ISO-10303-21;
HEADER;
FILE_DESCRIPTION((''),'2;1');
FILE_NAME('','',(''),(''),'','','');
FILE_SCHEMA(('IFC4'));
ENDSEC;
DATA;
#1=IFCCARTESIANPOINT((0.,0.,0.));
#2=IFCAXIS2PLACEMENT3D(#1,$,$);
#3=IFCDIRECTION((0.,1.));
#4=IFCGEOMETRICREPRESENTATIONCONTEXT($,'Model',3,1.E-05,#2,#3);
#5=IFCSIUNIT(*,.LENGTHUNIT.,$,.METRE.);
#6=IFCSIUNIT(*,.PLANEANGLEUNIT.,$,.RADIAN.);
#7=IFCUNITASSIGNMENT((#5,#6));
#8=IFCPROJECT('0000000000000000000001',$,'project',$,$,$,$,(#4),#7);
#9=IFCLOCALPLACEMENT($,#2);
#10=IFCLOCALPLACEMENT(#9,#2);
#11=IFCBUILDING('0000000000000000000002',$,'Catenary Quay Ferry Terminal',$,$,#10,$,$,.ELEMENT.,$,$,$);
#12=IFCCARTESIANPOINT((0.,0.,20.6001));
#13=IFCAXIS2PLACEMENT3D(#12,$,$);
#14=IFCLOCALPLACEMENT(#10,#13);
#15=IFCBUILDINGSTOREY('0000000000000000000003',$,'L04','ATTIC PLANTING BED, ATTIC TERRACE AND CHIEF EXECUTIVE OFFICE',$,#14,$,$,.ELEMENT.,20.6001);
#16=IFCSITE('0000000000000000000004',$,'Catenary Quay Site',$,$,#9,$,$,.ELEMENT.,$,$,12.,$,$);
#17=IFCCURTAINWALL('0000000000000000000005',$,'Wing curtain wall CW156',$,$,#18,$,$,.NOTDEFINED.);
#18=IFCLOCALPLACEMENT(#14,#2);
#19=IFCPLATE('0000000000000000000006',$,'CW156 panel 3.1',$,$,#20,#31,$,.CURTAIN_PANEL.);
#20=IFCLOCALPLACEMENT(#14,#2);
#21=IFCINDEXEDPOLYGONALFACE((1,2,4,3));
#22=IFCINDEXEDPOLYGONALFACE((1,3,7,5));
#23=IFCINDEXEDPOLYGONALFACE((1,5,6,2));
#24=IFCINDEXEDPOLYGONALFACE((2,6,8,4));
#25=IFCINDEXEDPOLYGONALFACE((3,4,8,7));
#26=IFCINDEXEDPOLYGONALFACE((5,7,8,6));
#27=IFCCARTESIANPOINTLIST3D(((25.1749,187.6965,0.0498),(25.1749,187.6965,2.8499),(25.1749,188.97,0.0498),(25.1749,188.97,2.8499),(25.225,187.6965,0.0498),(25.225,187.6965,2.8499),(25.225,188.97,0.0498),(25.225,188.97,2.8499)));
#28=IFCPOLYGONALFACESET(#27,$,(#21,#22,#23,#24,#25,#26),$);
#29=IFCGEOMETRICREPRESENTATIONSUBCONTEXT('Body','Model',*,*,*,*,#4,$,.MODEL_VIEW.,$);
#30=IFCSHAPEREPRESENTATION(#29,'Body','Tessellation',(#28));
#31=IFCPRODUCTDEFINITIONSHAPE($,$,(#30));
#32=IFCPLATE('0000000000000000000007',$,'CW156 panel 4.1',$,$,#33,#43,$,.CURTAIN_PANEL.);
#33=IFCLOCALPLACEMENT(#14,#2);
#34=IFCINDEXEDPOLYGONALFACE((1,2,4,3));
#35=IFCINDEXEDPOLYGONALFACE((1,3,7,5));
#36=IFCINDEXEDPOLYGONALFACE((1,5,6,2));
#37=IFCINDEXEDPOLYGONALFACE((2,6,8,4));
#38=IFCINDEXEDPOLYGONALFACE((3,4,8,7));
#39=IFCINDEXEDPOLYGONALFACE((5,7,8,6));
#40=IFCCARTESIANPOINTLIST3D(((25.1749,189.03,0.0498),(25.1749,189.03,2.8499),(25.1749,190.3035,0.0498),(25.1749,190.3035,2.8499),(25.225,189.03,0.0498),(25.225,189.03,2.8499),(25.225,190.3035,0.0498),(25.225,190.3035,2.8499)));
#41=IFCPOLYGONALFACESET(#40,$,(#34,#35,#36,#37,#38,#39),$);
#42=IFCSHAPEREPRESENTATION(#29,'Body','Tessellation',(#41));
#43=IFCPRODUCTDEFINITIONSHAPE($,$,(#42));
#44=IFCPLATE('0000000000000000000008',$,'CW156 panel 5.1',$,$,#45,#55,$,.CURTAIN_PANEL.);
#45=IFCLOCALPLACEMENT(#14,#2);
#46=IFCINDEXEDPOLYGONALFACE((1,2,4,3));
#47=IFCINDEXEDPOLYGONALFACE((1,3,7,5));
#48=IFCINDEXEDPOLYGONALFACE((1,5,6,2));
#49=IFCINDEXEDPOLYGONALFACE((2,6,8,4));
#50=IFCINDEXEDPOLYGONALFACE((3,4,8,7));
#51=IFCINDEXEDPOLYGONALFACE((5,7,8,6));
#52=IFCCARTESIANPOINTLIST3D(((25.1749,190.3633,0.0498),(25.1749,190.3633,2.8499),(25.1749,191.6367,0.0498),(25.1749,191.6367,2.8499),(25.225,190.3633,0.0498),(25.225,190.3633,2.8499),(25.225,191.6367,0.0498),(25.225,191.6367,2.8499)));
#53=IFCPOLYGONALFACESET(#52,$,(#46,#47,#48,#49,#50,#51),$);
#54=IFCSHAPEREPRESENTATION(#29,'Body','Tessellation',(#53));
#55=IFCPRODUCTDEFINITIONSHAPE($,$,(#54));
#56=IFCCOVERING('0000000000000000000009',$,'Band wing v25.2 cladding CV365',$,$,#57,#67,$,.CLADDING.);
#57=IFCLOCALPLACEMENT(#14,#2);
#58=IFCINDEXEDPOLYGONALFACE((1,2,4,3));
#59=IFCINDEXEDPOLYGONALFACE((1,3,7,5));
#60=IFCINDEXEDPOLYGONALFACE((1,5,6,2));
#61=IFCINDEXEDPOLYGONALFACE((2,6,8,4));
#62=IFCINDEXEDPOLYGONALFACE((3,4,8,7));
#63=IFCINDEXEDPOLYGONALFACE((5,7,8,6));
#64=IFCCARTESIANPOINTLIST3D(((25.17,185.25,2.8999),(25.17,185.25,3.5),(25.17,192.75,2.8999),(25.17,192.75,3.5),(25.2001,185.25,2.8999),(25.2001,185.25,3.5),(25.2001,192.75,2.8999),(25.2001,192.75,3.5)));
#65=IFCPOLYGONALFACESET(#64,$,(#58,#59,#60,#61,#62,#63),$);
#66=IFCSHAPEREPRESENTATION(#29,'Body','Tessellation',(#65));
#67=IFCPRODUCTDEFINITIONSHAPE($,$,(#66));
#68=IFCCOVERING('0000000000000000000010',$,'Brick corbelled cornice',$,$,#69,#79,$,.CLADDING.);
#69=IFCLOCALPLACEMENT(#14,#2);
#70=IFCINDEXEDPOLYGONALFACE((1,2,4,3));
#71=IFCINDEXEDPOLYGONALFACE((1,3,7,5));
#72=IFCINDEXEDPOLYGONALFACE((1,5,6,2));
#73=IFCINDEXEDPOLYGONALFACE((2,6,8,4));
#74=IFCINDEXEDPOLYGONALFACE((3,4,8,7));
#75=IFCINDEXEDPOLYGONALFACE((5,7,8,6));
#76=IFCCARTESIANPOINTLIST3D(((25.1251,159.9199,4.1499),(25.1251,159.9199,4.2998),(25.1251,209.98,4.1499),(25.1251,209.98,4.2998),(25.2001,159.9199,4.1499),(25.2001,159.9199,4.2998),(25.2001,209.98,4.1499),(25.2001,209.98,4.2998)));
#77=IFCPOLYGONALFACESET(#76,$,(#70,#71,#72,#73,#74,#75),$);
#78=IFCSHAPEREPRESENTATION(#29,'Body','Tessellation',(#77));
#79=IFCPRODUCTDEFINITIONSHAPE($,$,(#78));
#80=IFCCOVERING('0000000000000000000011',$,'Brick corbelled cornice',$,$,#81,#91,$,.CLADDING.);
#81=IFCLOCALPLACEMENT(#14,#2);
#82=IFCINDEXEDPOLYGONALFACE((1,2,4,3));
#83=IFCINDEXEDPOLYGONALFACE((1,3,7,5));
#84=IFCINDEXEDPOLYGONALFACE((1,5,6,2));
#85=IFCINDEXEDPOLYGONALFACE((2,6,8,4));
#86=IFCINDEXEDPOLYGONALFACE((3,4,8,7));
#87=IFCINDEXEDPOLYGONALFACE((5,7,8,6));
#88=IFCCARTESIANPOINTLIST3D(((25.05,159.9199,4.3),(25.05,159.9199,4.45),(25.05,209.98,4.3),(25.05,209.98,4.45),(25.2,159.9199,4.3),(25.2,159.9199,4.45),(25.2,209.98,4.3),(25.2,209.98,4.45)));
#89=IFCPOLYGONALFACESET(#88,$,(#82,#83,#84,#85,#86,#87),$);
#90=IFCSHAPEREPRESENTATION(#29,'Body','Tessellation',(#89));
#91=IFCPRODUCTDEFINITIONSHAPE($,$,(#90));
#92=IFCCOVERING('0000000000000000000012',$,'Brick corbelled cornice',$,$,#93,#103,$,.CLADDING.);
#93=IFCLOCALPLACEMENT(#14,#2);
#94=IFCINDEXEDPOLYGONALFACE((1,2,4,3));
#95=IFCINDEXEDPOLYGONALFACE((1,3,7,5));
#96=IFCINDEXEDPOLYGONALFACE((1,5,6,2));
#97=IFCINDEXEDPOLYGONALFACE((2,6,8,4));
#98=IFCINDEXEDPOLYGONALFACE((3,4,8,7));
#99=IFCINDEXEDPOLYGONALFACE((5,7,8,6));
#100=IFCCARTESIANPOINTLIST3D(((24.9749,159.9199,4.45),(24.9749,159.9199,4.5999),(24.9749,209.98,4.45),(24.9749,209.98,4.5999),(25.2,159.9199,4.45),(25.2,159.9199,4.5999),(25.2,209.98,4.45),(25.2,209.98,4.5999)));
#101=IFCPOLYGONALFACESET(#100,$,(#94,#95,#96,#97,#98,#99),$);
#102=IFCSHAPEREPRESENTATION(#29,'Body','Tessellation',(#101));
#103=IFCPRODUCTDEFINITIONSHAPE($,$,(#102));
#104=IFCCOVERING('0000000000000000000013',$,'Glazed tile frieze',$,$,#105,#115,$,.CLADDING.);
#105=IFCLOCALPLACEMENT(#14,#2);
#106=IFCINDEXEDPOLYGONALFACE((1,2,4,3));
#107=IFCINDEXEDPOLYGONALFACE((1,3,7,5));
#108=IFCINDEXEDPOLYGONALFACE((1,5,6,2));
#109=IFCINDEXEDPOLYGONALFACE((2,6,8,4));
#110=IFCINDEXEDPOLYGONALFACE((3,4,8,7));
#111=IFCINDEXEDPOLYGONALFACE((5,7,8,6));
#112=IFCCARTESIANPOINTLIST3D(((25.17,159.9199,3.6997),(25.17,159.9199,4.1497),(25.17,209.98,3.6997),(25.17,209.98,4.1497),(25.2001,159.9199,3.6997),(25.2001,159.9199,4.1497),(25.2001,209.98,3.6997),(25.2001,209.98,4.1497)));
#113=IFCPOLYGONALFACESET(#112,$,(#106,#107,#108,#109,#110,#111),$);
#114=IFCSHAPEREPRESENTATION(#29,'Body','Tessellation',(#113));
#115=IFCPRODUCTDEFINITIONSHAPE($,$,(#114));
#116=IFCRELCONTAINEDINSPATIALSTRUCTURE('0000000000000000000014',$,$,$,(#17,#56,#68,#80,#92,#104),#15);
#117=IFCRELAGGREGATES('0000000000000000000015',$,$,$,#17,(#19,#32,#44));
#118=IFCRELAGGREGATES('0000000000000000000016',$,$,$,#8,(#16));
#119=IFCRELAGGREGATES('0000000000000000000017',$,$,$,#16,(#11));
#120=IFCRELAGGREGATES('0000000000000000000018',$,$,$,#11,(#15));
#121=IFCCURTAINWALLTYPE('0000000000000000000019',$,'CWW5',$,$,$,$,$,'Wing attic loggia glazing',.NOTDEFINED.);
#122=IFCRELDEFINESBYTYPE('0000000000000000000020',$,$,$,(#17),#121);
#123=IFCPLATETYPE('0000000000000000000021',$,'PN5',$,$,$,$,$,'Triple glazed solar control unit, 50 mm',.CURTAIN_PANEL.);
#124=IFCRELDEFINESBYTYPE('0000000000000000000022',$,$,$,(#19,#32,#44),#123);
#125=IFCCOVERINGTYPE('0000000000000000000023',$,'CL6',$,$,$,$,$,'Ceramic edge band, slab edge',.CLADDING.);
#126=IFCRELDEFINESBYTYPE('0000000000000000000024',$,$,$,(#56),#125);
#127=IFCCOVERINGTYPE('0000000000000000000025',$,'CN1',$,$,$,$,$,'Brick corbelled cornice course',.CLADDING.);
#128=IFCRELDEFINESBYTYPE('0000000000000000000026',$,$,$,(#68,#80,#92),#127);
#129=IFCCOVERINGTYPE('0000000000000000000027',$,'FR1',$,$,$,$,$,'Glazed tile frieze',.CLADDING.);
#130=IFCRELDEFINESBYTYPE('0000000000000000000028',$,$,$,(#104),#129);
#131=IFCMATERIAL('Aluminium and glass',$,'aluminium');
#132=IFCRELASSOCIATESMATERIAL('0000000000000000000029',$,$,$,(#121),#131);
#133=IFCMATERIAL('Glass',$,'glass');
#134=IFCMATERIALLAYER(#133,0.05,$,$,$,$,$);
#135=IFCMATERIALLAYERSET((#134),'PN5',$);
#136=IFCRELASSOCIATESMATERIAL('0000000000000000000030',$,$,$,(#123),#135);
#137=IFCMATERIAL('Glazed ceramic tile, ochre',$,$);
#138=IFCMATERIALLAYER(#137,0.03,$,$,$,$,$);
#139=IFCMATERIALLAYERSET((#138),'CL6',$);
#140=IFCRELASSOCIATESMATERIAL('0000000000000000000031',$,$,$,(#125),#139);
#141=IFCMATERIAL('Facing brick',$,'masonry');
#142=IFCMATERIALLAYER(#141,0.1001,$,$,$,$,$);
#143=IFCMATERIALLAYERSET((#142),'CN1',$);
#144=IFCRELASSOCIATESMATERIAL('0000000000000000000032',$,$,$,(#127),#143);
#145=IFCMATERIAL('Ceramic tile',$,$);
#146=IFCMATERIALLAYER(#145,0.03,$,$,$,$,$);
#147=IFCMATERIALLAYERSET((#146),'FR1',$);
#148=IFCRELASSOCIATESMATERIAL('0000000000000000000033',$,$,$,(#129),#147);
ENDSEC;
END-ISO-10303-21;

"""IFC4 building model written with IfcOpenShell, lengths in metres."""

from ifc_helpers import new_model, si_unit, direction, frame, origin, origin_2d, place, context, subcontext, project, spatial, rectangle, extrude, material, layer, layer_set, type_object, element, aggregate, save


model = new_model("IFC4")

# Units and contexts
model_context = context("Model", 3, precision=1e-05, world=origin(), true_north=direction((0.0, 1.0)))
body_context = subcontext(model_context, "Body", "Model", "MODEL_VIEW")
ifc_project = project(units=[si_unit("LENGTHUNIT", "METRE"), si_unit("PLANEANGLEUNIT", "RADIAN")], contexts=[model_context])

# Site, building, storey
site_placement = place(None, origin())
site = spatial("IfcSite", under=ifc_project, at=site_placement, Name="Catenary Quay Site", CompositionType="ELEMENT", RefElevation=12.0)
building_placement = place(site_placement, origin())
building = spatial("IfcBuilding", under=site, at=building_placement, Name="Catenary Quay Ferry Terminal", CompositionType="ELEMENT")
storey_placement = place(building_placement, frame((0.0, 0.0, 20.6001)))
storey = spatial("IfcBuildingStorey", under=building, at=storey_placement, Name="L04", Description="ATTIC PLANTING BED, ATTIC TERRACE AND CHIEF EXECUTIVE OFFICE", CompositionType="ELEMENT", Elevation=20.6001)

# Curtain wall
ifc_material_1 = material(Name="Aluminium and glass", Category="aluminium")
curtain_wall_type = type_object("IfcCurtainWallType", Name="CWW5", ElementType="Wing attic loggia glazing", PredefinedType="NOTDEFINED", material=ifc_material_1)
curtain_wall_placement = place(storey_placement, origin())
curtain_wall = element("IfcCurtainWall", 1, at=curtain_wall_placement, inside=storey, type_object=curtain_wall_type, Name="Wing curtain wall CW156", PredefinedType="NOTDEFINED")

# Plates
ifc_material_2 = material(Name="Glass", Category="glass")
ifc_layer_1 = layer(ifc_material_2, 0.05)
ifc_layer_set_1 = layer_set([ifc_layer_1], Name="PN5")
plate_type_1 = type_object("IfcPlateType", Name="PN5", ElementType="Triple glazed solar control unit, 50 mm", PredefinedType="CURTAIN_PANEL", material=ifc_layer_set_1)
plate_1_placement = place(storey_placement, frame((25.2, 188.3333, 0.0498), z_axis=(0.0, 0.0, 1.0), x_axis=(0.0, 1.0, 0.0)))
plate_1 = element("IfcPlate", 2, at=plate_1_placement, type_object=plate_type_1, Name="CW156 panel 3.1", PredefinedType="CURTAIN_PANEL", context=body_context, shape_type="SweptSolid", body=[
    extrude(rectangle(XDim=1.2734, YDim=0.05, at=origin_2d()), origin(), (0.0, 0.0, 1.0), 2.8),
])
plate_2_placement = place(storey_placement, frame((25.2, 189.6667, 0.0498), z_axis=(0.0, 0.0, 1.0), x_axis=(0.0, 1.0, 0.0)))
plate_2 = element("IfcPlate", 3, at=plate_2_placement, type_object=plate_type_1, Name="CW156 panel 4.1", PredefinedType="CURTAIN_PANEL", context=body_context, shape_type="SweptSolid", body=[
    extrude(rectangle(XDim=1.2734, YDim=0.05, at=origin_2d()), origin(), (0.0, 0.0, 1.0), 2.8),
])
plate_3_placement = place(storey_placement, frame((25.2, 191.0, 0.0498), z_axis=(0.0, 0.0, 1.0), x_axis=(0.0, 1.0, 0.0)))
plate_3 = element("IfcPlate", 4, at=plate_3_placement, type_object=plate_type_1, Name="CW156 panel 5.1", PredefinedType="CURTAIN_PANEL", context=body_context, shape_type="SweptSolid", body=[
    extrude(rectangle(XDim=1.2734, YDim=0.05, at=origin_2d()), origin(), (0.0, 0.0, 1.0), 2.8),
])
aggregate(curtain_wall, [plate_1, plate_2, plate_3])

# Coverings
ifc_material_3 = material(Name="Glazed ceramic tile, ochre")
ifc_layer_2 = layer(ifc_material_3, 0.03)
ifc_layer_set_2 = layer_set([ifc_layer_2], Name="CL6")
covering_type_1 = type_object("IfcCoveringType", Name="CL6", ElementType="Ceramic edge band, slab edge", PredefinedType="CLADDING", material=ifc_layer_set_2)
covering_1_placement = place(storey_placement, frame((25.1851, 189.0, 2.8999), z_axis=(0.0, 0.0, 1.0), x_axis=(1.0, 0.0, 0.0)))
element("IfcCovering", 5, at=covering_1_placement, inside=storey, type_object=covering_type_1, Name="Band wing v25.2 cladding CV365", PredefinedType="CLADDING", context=body_context, shape_type="SweptSolid", body=[
    extrude(rectangle(XDim=0.03, YDim=7.5, at=origin_2d()), origin(), (0.0, 0.0, 1.0), 0.6001),
])
ifc_material_4 = material(Name="Facing brick", Category="masonry")
ifc_layer_3 = layer(ifc_material_4, 0.1001)
ifc_layer_set_3 = layer_set([ifc_layer_3], Name="CN1")
covering_type_2 = type_object("IfcCoveringType", Name="CN1", ElementType="Brick corbelled cornice course", PredefinedType="CLADDING", material=ifc_layer_set_3)
covering_2_placement = place(storey_placement, frame((25.1626, 184.95, 4.1499), z_axis=(0.0, 0.0, 1.0), x_axis=(1.0, 0.0, 0.0)))
element("IfcCovering", 6, at=covering_2_placement, inside=storey, type_object=covering_type_2, Name="Brick corbelled cornice", PredefinedType="CLADDING", context=body_context, shape_type="SweptSolid", body=[
    extrude(rectangle(XDim=0.075, YDim=50.0601, at=origin_2d()), origin(), (0.0, 0.0, 1.0), 0.1499),
])
covering_3_placement = place(storey_placement, frame((25.125, 184.95, 4.3), z_axis=(0.0, 0.0, 1.0), x_axis=(1.0, 0.0, 0.0)))
element("IfcCovering", 7, at=covering_3_placement, inside=storey, type_object=covering_type_2, Name="Brick corbelled cornice", PredefinedType="CLADDING", context=body_context, shape_type="SweptSolid", body=[
    extrude(rectangle(XDim=0.1499, YDim=50.0601, at=origin_2d()), origin(), (0.0, 0.0, 1.0), 0.1499),
])
covering_4_placement = place(storey_placement, frame((25.0874, 184.95, 4.45), z_axis=(0.0, 0.0, 1.0), x_axis=(1.0, 0.0, 0.0)))
element("IfcCovering", 8, at=covering_4_placement, inside=storey, type_object=covering_type_2, Name="Brick corbelled cornice", PredefinedType="CLADDING", context=body_context, shape_type="SweptSolid", body=[
    extrude(rectangle(XDim=0.2251, YDim=50.0601, at=origin_2d()), origin(), (0.0, 0.0, 1.0), 0.1499),
])
ifc_material_5 = material(Name="Ceramic tile")
ifc_layer_4 = layer(ifc_material_5, 0.03)
ifc_layer_set_4 = layer_set([ifc_layer_4], Name="FR1")
covering_type_3 = type_object("IfcCoveringType", Name="FR1", ElementType="Glazed tile frieze", PredefinedType="CLADDING", material=ifc_layer_set_4)
covering_5_placement = place(storey_placement, frame((25.1851, 184.95, 3.6997), z_axis=(0.0, 0.0, 1.0), x_axis=(1.0, 0.0, 0.0)))
element("IfcCovering", 9, at=covering_5_placement, inside=storey, type_object=covering_type_3, Name="Glazed tile frieze", PredefinedType="CLADDING", context=body_context, shape_type="SweptSolid", body=[
    extrude(rectangle(XDim=0.03, YDim=50.0601, at=origin_2d()), origin(), (0.0, 0.0, 1.0), 0.45),
])

save(model, "model.ifc")
